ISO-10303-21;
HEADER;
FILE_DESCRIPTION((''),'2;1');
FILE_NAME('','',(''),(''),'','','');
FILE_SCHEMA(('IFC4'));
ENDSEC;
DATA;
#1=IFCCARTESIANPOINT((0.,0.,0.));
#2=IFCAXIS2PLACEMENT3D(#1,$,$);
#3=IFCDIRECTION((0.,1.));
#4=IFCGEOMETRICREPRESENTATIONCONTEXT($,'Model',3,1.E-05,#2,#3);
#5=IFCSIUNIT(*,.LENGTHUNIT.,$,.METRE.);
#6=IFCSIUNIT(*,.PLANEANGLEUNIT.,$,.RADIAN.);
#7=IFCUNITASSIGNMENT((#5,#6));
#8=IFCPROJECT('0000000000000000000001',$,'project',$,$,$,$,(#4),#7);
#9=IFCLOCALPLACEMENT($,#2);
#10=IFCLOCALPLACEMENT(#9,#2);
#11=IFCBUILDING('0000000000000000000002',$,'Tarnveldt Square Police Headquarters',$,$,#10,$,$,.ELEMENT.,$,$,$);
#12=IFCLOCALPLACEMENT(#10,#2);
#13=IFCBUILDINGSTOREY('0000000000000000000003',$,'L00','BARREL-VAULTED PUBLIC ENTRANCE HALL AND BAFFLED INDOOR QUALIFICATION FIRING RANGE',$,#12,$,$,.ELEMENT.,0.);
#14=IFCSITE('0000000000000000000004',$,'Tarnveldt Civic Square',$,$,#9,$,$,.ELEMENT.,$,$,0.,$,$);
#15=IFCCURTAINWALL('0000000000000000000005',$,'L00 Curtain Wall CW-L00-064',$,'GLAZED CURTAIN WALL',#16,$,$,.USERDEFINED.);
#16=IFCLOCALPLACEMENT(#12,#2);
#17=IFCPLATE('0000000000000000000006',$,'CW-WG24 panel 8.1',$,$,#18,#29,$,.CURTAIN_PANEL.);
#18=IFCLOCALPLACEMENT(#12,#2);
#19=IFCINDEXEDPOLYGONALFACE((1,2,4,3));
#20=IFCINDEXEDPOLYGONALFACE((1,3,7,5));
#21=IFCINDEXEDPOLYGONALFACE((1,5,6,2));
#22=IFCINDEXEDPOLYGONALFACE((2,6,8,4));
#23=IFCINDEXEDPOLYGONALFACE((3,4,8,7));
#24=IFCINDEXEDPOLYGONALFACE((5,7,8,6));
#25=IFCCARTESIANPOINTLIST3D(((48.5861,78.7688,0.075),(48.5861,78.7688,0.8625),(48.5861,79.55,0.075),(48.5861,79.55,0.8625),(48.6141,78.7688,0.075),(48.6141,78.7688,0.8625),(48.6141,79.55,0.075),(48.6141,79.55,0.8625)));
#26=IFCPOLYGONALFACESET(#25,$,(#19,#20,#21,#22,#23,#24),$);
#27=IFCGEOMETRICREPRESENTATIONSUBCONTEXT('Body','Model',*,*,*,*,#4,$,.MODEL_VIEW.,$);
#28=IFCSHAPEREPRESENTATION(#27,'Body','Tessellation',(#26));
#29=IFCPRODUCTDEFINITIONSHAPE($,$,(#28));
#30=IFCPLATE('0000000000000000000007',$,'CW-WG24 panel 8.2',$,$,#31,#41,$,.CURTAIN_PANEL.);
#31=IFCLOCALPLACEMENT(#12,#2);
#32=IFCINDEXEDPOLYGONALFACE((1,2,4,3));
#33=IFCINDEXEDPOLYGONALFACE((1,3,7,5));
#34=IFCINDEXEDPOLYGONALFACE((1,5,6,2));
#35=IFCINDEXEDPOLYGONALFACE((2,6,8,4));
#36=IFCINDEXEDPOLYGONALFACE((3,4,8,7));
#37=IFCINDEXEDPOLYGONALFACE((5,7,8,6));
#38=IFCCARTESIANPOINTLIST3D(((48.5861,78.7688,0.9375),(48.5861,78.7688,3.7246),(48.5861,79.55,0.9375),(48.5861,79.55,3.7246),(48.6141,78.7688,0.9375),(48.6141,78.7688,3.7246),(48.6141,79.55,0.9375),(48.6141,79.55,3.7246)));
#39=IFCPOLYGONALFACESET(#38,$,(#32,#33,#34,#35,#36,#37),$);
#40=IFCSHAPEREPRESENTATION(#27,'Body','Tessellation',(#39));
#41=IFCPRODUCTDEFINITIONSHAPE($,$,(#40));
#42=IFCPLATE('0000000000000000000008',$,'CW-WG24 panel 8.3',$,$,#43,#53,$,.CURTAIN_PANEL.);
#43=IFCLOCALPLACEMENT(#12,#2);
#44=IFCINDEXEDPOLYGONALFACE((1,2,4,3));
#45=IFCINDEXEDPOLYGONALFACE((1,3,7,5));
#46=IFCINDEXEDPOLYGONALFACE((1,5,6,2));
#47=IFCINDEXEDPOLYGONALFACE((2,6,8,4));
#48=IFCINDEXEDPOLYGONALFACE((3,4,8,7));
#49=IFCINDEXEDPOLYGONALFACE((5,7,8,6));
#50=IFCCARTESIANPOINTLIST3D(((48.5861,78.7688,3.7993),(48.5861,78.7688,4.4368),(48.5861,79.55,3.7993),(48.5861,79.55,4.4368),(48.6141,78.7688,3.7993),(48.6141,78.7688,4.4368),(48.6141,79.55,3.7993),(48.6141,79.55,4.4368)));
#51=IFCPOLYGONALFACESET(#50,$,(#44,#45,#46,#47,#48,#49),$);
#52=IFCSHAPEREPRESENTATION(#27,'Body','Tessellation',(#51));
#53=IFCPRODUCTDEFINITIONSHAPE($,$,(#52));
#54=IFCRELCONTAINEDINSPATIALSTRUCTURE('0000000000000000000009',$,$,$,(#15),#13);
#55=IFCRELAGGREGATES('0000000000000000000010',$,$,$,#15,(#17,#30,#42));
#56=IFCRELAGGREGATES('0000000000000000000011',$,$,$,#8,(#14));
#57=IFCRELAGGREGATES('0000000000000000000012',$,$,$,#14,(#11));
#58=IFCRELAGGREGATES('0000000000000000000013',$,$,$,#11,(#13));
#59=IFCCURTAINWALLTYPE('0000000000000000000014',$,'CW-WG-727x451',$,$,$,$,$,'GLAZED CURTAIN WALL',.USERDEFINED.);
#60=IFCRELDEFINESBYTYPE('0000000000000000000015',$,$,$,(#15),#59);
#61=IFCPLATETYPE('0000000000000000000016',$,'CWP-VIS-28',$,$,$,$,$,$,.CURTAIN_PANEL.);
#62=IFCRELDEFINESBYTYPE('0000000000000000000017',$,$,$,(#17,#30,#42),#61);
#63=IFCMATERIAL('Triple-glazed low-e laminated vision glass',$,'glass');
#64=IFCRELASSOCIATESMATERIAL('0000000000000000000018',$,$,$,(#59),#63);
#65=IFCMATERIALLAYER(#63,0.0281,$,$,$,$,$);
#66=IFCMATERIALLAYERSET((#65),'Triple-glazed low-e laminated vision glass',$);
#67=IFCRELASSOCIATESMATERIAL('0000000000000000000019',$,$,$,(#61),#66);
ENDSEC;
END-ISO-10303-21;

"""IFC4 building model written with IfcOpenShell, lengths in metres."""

from ifc_helpers import new_model, si_unit, direction, frame, origin, origin_2d, place, context, subcontext, project, spatial, rectangle, extrude, material, layer, layer_set, type_object, element, aggregate, save


model = new_model("IFC4")

# Units and contexts
model_context = context("Model", 3, precision=1e-05, world=origin(), true_north=direction((0.0, 1.0)))
body_context = subcontext(model_context, "Body", "Model", "MODEL_VIEW")
ifc_project = project(units=[si_unit("LENGTHUNIT", "METRE"), si_unit("PLANEANGLEUNIT", "RADIAN")], contexts=[model_context])

# Site, building, storey
site_placement = place(None, origin())
site = spatial("IfcSite", under=ifc_project, at=site_placement, Name="Tarnveldt Civic Square", CompositionType="ELEMENT", RefElevation=0.0)
building_placement = place(site_placement, origin())
building = spatial("IfcBuilding", under=site, at=building_placement, Name="Tarnveldt Square Police Headquarters", CompositionType="ELEMENT")
storey_placement = place(building_placement, origin())
storey = spatial("IfcBuildingStorey", under=building, at=storey_placement, Name="L00", Description="BARREL-VAULTED PUBLIC ENTRANCE HALL AND BAFFLED INDOOR QUALIFICATION FIRING RANGE", CompositionType="ELEMENT", Elevation=0.0)

# Curtain wall, plates
ifc_material_1 = material(Name="Triple-glazed low-e laminated vision glass", Category="glass")
curtain_wall_type = type_object("IfcCurtainWallType", Name="CW-WG-727x451", ElementType="GLAZED CURTAIN WALL", PredefinedType="USERDEFINED", material=ifc_material_1)
curtain_wall_placement = place(storey_placement, origin())
curtain_wall = element("IfcCurtainWall", 1, at=curtain_wall_placement, inside=storey, type_object=curtain_wall_type, Name="L00 Curtain Wall CW-L00-064", ObjectType="GLAZED CURTAIN WALL", PredefinedType="USERDEFINED")
ifc_layer = layer(ifc_material_1, 0.0281)
ifc_layer_set = layer_set([ifc_layer], Name="Triple-glazed low-e laminated vision glass")
plate_type = type_object("IfcPlateType", Name="CWP-VIS-28", PredefinedType="CURTAIN_PANEL", material=ifc_layer_set)
plate_1_placement = place(storey_placement, frame((48.6001, 79.1594, 0.075), z_axis=(0.0, 0.0, 1.0), x_axis=(0.0, 1.0, 0.0)))
plate_1 = element("IfcPlate", 2, at=plate_1_placement, type_object=plate_type, Name="CW-WG24 panel 8.1", PredefinedType="CURTAIN_PANEL", context=body_context, shape_type="SweptSolid", body=[
    extrude(rectangle(XDim=0.7812, YDim=0.0281, at=origin_2d()), origin(), (0.0, 0.0, 1.0), 0.7876),
])
plate_2_placement = place(storey_placement, frame((48.6001, 79.1594, 0.9375), z_axis=(0.0, 0.0, 1.0), x_axis=(0.0, 1.0, 0.0)))
plate_2 = element("IfcPlate", 3, at=plate_2_placement, type_object=plate_type, Name="CW-WG24 panel 8.2", PredefinedType="CURTAIN_PANEL", context=body_context, shape_type="SweptSolid", body=[
    extrude(rectangle(XDim=0.7812, YDim=0.0281, at=origin_2d()), origin(), (0.0, 0.0, 1.0), 2.7871),
])
plate_3_placement = place(storey_placement, frame((48.6001, 79.1594, 3.7993), z_axis=(0.0, 0.0, 1.0), x_axis=(0.0, 1.0, 0.0)))
plate_3 = element("IfcPlate", 4, at=plate_3_placement, type_object=plate_type, Name="CW-WG24 panel 8.3", PredefinedType="CURTAIN_PANEL", context=body_context, shape_type="SweptSolid", body=[
    extrude(rectangle(XDim=0.7812, YDim=0.0281, at=origin_2d()), origin(), (0.0, 0.0, 1.0), 0.6375),
])
aggregate(curtain_wall, [plate_1, plate_2, plate_3])

save(model, "model.ifc")
